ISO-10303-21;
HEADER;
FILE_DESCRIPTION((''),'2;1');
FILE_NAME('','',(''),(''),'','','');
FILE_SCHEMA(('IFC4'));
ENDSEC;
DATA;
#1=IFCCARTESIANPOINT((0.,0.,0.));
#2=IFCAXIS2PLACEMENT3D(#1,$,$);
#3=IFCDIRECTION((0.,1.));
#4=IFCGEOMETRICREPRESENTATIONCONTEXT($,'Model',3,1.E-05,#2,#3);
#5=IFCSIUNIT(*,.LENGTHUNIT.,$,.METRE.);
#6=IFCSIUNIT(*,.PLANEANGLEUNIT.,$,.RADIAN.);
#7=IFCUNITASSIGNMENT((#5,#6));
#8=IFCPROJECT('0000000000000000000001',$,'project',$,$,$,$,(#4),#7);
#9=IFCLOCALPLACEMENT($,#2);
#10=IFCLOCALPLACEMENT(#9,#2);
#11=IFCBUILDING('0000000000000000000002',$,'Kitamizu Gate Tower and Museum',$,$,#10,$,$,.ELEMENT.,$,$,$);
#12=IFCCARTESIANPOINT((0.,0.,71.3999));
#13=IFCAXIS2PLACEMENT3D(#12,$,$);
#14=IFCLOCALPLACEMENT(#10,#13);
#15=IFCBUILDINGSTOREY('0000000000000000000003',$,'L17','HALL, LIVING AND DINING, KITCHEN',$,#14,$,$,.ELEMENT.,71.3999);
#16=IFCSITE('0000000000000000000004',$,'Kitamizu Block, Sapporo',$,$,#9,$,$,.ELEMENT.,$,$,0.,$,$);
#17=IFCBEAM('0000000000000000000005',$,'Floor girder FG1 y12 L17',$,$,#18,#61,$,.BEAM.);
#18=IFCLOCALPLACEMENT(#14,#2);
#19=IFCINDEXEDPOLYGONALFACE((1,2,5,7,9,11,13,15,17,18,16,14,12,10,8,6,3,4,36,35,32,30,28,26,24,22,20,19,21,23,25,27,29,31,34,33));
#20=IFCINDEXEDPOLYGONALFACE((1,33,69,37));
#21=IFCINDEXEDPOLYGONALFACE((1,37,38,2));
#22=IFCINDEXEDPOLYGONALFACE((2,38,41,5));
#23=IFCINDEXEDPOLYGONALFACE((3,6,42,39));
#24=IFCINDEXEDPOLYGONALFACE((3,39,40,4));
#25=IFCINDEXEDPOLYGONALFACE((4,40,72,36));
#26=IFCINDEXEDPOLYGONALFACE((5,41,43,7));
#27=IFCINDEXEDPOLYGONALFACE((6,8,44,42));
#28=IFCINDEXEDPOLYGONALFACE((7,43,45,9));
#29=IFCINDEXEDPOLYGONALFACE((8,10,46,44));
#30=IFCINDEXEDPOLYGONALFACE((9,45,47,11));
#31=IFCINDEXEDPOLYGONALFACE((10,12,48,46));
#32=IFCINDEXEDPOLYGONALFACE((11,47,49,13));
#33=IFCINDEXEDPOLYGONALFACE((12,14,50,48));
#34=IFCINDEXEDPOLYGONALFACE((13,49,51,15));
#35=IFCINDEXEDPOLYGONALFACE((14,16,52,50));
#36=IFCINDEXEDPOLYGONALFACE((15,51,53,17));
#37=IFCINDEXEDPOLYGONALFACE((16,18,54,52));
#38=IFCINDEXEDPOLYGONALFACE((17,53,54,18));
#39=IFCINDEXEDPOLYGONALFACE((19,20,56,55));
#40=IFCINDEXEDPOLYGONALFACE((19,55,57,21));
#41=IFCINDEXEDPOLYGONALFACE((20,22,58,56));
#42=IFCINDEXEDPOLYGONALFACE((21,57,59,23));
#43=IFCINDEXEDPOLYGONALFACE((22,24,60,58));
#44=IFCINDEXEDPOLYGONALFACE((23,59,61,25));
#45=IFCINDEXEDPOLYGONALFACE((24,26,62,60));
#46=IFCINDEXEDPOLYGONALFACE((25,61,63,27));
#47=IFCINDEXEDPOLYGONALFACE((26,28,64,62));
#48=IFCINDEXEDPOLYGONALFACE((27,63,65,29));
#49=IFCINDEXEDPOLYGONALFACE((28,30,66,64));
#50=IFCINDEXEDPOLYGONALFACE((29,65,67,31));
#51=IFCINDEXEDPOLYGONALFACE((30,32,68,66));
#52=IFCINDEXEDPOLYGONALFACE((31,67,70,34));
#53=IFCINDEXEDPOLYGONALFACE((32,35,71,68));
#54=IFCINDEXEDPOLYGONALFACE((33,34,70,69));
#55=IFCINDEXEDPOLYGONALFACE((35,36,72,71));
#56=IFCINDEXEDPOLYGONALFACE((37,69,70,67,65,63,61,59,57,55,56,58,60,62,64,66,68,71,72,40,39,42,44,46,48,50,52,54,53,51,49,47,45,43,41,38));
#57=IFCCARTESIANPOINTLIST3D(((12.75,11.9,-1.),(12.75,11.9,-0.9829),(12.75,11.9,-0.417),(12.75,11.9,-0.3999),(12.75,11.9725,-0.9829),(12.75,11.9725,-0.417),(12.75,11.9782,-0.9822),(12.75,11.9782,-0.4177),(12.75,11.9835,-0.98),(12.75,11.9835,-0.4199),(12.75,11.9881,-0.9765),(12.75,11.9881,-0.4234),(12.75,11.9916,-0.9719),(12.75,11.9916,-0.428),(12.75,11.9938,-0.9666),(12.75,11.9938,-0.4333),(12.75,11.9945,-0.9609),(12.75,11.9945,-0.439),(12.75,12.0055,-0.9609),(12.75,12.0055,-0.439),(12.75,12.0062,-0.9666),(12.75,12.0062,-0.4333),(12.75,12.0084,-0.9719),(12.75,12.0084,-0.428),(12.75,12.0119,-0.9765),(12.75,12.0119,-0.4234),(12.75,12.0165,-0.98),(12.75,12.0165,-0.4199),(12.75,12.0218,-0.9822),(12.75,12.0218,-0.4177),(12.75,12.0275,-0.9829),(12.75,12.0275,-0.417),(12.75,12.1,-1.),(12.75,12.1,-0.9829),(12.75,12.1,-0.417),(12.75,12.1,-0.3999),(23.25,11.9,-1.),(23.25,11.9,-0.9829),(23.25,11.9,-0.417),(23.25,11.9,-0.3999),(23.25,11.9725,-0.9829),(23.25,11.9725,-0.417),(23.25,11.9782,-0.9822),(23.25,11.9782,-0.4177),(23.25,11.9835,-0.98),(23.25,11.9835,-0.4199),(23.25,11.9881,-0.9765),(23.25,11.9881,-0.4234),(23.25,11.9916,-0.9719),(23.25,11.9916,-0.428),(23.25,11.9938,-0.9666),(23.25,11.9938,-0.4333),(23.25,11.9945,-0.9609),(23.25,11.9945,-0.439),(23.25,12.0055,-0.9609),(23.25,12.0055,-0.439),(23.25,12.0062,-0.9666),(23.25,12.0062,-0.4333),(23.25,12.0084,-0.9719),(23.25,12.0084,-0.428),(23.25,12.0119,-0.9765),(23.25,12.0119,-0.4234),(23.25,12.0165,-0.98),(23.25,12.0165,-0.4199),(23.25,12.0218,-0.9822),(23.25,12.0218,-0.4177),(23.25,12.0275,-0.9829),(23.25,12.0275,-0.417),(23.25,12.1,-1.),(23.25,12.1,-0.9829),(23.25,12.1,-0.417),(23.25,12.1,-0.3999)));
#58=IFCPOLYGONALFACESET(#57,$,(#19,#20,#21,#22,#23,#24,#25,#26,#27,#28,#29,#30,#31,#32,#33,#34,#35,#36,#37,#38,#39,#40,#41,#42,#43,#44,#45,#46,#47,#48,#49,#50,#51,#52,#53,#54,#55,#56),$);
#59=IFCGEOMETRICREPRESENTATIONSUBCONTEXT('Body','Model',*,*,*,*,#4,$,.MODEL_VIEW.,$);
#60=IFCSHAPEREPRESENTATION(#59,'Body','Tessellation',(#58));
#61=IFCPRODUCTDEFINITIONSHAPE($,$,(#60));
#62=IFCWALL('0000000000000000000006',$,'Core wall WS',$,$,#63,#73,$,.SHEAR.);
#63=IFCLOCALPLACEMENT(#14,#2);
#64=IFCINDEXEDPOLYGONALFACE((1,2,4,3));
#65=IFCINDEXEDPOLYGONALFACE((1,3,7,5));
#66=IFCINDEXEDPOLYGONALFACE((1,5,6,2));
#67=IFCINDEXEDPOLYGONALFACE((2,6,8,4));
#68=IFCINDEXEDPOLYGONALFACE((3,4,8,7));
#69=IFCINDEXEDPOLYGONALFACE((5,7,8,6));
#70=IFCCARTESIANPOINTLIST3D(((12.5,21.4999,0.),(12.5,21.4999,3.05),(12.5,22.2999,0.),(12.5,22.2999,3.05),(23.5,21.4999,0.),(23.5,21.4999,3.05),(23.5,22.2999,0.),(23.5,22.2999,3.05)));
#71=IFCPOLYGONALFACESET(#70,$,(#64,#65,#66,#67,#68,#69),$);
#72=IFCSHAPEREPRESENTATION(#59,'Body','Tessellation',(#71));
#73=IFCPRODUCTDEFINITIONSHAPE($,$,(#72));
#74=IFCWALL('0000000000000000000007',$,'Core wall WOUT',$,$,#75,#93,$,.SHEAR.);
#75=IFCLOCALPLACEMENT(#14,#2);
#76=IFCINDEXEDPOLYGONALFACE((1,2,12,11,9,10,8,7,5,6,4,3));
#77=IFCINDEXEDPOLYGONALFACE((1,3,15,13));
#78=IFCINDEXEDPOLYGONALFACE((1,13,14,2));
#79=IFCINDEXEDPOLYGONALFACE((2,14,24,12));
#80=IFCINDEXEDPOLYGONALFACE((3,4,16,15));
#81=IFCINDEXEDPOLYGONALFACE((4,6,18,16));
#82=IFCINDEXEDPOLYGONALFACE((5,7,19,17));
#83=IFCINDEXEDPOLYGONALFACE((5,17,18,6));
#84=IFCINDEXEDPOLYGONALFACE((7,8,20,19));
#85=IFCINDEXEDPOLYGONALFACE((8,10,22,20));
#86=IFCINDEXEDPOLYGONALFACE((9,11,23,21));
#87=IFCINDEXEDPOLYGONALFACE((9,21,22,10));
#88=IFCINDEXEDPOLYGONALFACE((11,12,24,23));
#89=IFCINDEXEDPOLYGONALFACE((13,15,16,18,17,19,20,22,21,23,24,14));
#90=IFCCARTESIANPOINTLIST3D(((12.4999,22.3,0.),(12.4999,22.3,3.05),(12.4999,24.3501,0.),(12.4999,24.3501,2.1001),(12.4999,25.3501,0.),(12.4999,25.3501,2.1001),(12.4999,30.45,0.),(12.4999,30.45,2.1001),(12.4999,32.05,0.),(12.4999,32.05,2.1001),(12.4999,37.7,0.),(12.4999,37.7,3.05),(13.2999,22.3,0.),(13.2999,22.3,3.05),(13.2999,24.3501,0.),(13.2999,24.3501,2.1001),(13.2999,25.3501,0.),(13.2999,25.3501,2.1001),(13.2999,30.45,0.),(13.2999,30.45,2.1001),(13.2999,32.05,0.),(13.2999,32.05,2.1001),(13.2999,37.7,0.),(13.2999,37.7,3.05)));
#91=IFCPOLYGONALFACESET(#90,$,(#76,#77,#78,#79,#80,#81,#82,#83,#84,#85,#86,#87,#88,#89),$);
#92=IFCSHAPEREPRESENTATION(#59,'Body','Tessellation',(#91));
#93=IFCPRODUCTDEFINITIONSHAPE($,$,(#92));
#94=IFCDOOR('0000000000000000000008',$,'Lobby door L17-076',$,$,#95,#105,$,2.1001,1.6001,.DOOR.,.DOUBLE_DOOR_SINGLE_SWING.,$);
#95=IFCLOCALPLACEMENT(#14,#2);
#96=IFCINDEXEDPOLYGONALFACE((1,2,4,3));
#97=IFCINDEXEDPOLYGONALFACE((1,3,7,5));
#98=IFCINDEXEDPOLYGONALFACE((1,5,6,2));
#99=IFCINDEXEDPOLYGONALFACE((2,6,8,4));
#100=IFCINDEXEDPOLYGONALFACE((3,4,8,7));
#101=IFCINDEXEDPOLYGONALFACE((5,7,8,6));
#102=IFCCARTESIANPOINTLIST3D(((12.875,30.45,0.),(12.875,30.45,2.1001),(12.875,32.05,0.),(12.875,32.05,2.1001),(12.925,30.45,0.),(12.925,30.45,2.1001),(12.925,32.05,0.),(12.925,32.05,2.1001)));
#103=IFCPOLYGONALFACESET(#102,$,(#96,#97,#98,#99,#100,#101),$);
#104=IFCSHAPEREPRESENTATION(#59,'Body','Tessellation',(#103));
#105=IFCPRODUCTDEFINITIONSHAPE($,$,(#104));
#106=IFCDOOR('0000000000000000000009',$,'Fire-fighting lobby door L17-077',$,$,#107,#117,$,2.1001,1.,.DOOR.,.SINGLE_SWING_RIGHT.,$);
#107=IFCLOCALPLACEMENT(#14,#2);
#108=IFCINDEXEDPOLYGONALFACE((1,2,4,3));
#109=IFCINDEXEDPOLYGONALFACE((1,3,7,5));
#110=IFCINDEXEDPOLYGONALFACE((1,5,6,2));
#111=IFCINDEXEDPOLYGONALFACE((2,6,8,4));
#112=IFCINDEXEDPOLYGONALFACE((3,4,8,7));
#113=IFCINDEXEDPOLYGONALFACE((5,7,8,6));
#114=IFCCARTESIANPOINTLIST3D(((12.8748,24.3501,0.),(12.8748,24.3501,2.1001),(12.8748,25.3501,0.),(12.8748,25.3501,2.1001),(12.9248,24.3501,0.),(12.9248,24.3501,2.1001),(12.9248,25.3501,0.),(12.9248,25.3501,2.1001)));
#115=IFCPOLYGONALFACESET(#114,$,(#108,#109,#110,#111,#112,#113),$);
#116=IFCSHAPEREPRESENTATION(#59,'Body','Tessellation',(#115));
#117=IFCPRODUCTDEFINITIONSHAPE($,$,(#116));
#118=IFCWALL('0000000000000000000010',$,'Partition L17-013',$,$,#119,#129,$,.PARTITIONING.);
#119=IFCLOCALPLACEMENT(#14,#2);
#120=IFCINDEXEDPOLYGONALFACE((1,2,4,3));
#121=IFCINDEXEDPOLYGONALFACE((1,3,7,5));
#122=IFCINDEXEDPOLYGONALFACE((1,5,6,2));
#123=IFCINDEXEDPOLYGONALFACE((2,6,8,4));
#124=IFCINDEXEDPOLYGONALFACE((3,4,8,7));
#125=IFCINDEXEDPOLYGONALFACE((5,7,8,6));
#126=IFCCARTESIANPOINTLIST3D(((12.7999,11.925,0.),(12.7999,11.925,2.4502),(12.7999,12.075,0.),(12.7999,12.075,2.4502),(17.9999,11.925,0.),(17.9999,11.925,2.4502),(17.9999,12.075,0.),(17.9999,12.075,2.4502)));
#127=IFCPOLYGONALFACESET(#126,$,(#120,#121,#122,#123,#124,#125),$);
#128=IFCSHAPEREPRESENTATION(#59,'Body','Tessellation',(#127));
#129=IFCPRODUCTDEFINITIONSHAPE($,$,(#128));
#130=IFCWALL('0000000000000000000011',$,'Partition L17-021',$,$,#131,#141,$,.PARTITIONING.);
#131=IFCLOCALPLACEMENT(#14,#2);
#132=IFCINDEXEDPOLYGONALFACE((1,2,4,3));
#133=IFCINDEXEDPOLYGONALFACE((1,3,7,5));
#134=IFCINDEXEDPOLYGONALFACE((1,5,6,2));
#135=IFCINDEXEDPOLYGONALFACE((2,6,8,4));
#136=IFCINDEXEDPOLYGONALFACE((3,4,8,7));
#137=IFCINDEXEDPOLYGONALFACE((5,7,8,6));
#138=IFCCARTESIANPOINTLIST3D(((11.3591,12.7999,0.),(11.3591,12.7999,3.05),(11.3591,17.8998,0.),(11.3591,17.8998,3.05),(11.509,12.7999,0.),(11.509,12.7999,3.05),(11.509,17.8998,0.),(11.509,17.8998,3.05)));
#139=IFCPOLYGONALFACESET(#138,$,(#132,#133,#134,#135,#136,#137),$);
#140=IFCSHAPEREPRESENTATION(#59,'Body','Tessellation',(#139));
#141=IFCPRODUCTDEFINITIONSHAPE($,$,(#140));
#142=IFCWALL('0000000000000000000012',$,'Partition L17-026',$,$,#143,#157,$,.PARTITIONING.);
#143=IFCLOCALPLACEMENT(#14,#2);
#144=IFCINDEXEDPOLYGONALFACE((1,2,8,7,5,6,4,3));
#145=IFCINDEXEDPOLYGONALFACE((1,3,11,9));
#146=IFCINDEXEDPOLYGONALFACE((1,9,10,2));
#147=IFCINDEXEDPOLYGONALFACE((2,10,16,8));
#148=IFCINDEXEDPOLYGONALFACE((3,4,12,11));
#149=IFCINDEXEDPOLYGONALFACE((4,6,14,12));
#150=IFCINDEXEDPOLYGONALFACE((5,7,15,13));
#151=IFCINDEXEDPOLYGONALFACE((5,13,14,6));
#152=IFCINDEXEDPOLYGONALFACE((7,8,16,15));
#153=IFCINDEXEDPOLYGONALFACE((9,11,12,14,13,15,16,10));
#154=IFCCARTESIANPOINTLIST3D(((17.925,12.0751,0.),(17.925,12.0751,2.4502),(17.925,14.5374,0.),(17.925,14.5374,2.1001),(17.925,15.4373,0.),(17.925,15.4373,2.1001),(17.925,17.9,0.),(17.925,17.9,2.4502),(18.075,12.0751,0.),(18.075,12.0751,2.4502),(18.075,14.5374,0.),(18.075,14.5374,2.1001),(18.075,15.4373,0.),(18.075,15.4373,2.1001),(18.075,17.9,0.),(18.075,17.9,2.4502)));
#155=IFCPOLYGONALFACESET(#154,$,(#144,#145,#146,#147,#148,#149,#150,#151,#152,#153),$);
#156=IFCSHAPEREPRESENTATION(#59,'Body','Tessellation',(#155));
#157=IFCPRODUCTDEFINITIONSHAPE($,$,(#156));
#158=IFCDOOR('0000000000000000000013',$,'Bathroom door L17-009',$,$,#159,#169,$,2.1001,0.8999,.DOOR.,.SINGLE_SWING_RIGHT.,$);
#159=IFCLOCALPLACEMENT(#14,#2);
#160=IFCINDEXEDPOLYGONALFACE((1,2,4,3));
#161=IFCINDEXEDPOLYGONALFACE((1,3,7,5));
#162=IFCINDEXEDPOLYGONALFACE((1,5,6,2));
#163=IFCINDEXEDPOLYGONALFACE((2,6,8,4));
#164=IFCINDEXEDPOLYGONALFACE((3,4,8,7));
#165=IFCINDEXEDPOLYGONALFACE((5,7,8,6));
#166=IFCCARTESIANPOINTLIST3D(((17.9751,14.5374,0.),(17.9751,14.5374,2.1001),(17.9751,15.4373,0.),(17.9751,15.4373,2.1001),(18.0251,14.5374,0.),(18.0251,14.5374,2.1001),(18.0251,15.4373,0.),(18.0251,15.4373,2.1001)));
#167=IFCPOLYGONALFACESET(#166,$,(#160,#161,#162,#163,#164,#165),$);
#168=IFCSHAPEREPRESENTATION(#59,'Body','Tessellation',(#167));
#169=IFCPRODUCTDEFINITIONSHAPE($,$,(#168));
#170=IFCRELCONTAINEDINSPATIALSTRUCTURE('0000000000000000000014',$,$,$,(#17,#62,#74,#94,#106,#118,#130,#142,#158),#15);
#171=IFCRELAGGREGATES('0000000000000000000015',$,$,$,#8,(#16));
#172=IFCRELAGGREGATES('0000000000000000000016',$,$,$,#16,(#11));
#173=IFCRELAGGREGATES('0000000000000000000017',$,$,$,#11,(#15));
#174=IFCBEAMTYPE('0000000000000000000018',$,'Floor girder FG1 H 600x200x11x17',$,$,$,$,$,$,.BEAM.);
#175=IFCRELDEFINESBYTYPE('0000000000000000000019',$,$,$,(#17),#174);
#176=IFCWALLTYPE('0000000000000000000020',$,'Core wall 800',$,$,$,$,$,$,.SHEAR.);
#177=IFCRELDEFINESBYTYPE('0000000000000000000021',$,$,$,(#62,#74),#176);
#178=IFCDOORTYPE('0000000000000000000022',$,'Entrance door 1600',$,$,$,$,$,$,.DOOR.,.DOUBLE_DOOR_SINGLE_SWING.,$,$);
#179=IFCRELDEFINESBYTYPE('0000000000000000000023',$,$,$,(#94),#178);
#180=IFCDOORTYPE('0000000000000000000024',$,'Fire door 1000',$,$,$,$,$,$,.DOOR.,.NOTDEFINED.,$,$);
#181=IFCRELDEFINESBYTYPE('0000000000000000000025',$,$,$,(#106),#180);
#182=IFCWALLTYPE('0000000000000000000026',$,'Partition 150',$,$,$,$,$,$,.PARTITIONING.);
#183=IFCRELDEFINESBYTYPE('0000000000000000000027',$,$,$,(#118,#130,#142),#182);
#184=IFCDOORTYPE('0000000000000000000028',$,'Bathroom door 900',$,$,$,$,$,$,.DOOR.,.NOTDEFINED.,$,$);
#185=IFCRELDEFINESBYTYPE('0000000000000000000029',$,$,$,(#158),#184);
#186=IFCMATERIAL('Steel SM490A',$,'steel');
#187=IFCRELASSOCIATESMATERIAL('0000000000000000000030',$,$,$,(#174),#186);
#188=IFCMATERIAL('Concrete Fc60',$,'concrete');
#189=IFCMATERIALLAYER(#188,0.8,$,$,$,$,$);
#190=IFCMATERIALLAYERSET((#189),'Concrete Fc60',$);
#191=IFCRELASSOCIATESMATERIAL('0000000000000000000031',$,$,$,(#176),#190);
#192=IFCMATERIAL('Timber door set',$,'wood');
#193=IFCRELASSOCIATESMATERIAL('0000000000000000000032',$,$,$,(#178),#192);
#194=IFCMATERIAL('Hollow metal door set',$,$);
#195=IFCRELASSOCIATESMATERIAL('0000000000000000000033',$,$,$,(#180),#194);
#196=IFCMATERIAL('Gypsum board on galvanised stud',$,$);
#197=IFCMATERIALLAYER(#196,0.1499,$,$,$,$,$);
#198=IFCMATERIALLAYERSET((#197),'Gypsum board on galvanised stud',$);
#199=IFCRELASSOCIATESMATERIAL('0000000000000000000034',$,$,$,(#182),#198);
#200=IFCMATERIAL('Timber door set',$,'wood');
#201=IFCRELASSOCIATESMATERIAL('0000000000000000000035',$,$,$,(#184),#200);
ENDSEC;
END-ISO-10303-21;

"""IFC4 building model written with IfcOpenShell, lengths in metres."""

from ifc_helpers import new_model, si_unit, direction, frame, frame_2d, origin, origin_2d, place, context, subcontext, project, spatial, rectangle, i_section, extrude, material, layer, layer_set, material_profile, profile_set, type_object, element, fill, save


model = new_model("IFC4")

# Units and contexts
model_context = context("Model", 3, precision=1e-05, world=origin(), true_north=direction((0.0, 1.0)))
body_context = subcontext(model_context, "Body", "Model", "MODEL_VIEW")
ifc_project = project(units=[si_unit("LENGTHUNIT", "METRE"), si_unit("PLANEANGLEUNIT", "RADIAN")], contexts=[model_context])

# Site, building, storey
site_placement = place(None, origin())
site = spatial("IfcSite", under=ifc_project, at=site_placement, Name="Kitamizu Block, Sapporo", CompositionType="ELEMENT", RefElevation=0.0)
building_placement = place(site_placement, origin())
building = spatial("IfcBuilding", under=site, at=building_placement, Name="Kitamizu Gate Tower and Museum", CompositionType="ELEMENT")
storey_placement = place(building_placement, frame((0.0, 0.0, 71.3999)))
storey = spatial("IfcBuildingStorey", under=building, at=storey_placement, Name="L17", Description="HALL, LIVING AND DINING, KITCHEN", CompositionType="ELEMENT", Elevation=71.3999)

# Beam
ifc_material_1 = material(Name="Steel SM490A", Category="steel")
ifc_material_profile = material_profile(ifc_material_1, i_section(OverallWidth=0.2, OverallDepth=0.6001, WebThickness=0.011, FlangeThickness=0.0171, FilletRadius=0.022, at=origin_2d()), Name="H-600x200x11x17")
ifc_profile_set = profile_set([ifc_material_profile], Name="Steel SM490A")
beam_type = type_object("IfcBeamType", Name="Floor girder FG1 H 600x200x11x17", PredefinedType="BEAM", material=ifc_profile_set)
beam_placement = place(storey_placement, frame((12.75, 12.0, -0.7), z_axis=(1.0, 0.0, 0.0), x_axis=(0.0, 1.0, 0.0)))
element("IfcBeam", 1, at=beam_placement, inside=storey, type_object=beam_type, Name="Floor girder FG1 y12 L17", PredefinedType="BEAM", context=body_context, shape_type="SweptSolid", body=[
    extrude(i_section(OverallWidth=0.2, OverallDepth=0.6001, WebThickness=0.011, FlangeThickness=0.0171, FilletRadius=0.022, at=origin_2d()), origin(), (0.0, 0.0, 1.0), 10.5),
])

# Wall
ifc_material_2 = material(Name="Concrete Fc60", Category="concrete")
ifc_layer_1 = layer(ifc_material_2, 0.8)
ifc_layer_set_1 = layer_set([ifc_layer_1], Name="Concrete Fc60")
wall_type_1 = type_object("IfcWallType", Name="Core wall 800", PredefinedType="SHEAR", material=ifc_layer_set_1)
wall_1_placement = place(storey_placement, frame((12.5, 21.8999, 0.0), z_axis=(0.0, 0.0, 1.0), x_axis=(1.0, 0.0, 0.0)))
element("IfcWall", 2, at=wall_1_placement, inside=storey, type_object=wall_type_1, Name="Core wall WS", PredefinedType="SHEAR", context=body_context, shape_type="SweptSolid", body=[
    extrude(rectangle(XDim=11.0, YDim=0.8, at=frame_2d((5.5, 0.0))), origin(), (0.0, 0.0, 1.0), 3.05),
])

# Wall, openings, doors
wall_2_placement = place(storey_placement, frame((12.8999, 22.3, 0.0), z_axis=(0.0, 0.0, 1.0), x_axis=(0.0, 1.0, 0.0)))
wall_2 = element("IfcWall", 3, at=wall_2_placement, inside=storey, type_object=wall_type_1, Name="Core wall WOUT", PredefinedType="SHEAR", context=body_context, shape_type="SweptSolid", body=[
    extrude(rectangle(XDim=15.3999, YDim=0.8, at=frame_2d((7.7, 0.0))), origin(), (0.0, 0.0, 1.0), 3.05),
])
opening_1_placement = place(wall_2_placement, frame((8.1499, 0.0, 0.0)))
opening_1 = element("IfcOpeningElement", 4, at=opening_1_placement, cuts=wall_2, PredefinedType="OPENING", context=body_context, shape_type="SweptSolid", body=[
    extrude(rectangle(XDim=1.6001, YDim=2.1001, at=frame_2d((0.8, 1.05))), frame((0.0, 0.4102, 0.0), z_axis=(0.0, -1.0, 0.0), x_axis=(1.0, 0.0, 0.0)), (0.0, 0.0, 1.0), 0.8201),
])
opening_2_placement = place(wall_2_placement, frame((2.05, 0.0, 0.0)))
opening_2 = element("IfcOpeningElement", 5, at=opening_2_placement, cuts=wall_2, PredefinedType="OPENING", context=body_context, shape_type="SweptSolid", body=[
    extrude(rectangle(XDim=1.0, YDim=2.1001, at=frame_2d((0.5, 1.05))), frame((0.0, 0.4102, 0.0), z_axis=(0.0, -1.0, 0.0), x_axis=(1.0, 0.0, 0.0)), (0.0, 0.0, 1.0), 0.8201),
])
ifc_material_3 = material(Name="Timber door set", Category="wood")
door_type_1 = type_object("IfcDoorType", Name="Entrance door 1600", OperationType="DOUBLE_DOOR_SINGLE_SWING", PredefinedType="DOOR", material=ifc_material_3)
door_1_placement = place(opening_1_placement, origin())
door_1 = element("IfcDoor", 6, at=door_1_placement, inside=storey, type_object=door_type_1, Name="Lobby door L17-076", OperationType="DOUBLE_DOOR_SINGLE_SWING", OverallHeight=2.1001, OverallWidth=1.6001, PredefinedType="DOOR", context=body_context, shape_type="SweptSolid", body=[
    extrude(rectangle(XDim=1.6001, YDim=2.1001, at=frame_2d((0.8, 1.05))), frame((0.0, 0.0249, 0.0), z_axis=(0.0, -1.0, 0.0), x_axis=(1.0, 0.0, 0.0)), (0.0, 0.0, 1.0), 0.05),
])
fill(opening_1, door_1)
ifc_material_4 = material(Name="Hollow metal door set")
door_type_2 = type_object("IfcDoorType", Name="Fire door 1000", OperationType="NOTDEFINED", PredefinedType="DOOR", material=ifc_material_4)
door_2_placement = place(opening_2_placement, frame((1.0, 0.0, 0.0), x_axis=(-1.0, 0.0, 0.0)))
door_2 = element("IfcDoor", 7, at=door_2_placement, inside=storey, type_object=door_type_2, Name="Fire-fighting lobby door L17-077", OperationType="SINGLE_SWING_RIGHT", OverallHeight=2.1001, OverallWidth=1.0, PredefinedType="DOOR", context=body_context, shape_type="SweptSolid", body=[
    extrude(rectangle(XDim=1.0, YDim=2.1001, at=frame_2d((0.5, 1.05))), frame((0.0, 0.0249, 0.0), z_axis=(0.0, -1.0, 0.0), x_axis=(1.0, 0.0, 0.0)), (0.0, 0.0, 1.0), 0.05),
])
fill(opening_2, door_2)

# Walls
ifc_material_5 = material(Name="Gypsum board on galvanised stud")
ifc_layer_2 = layer(ifc_material_5, 0.1499)
ifc_layer_set_2 = layer_set([ifc_layer_2], Name="Gypsum board on galvanised stud")
wall_type_2 = type_object("IfcWallType", Name="Partition 150", PredefinedType="PARTITIONING", material=ifc_layer_set_2)
wall_3_placement = place(storey_placement, frame((18.0, 12.0, 0.0), z_axis=(0.0, 0.0, 1.0), x_axis=(-1.0, 0.0, 0.0)))
element("IfcWall", 8, at=wall_3_placement, inside=storey, type_object=wall_type_2, Name="Partition L17-013", PredefinedType="PARTITIONING", context=body_context, shape_type="SweptSolid", body=[
    extrude(rectangle(XDim=5.2, YDim=0.1499, at=frame_2d((2.6001, 0.0))), origin(), (0.0, 0.0, 1.0), 2.4502),
])
wall_4_placement = place(storey_placement, frame((11.4341, 12.8, 0.0), z_axis=(0.0, 0.0, 1.0), x_axis=(0.0, 1.0, 0.0)))
element("IfcWall", 9, at=wall_4_placement, inside=storey, type_object=wall_type_2, Name="Partition L17-021", PredefinedType="PARTITIONING", context=body_context, shape_type="SweptSolid", body=[
    extrude(rectangle(XDim=5.0999, YDim=0.1499, at=frame_2d((2.5498, 0.0))), origin(), (0.0, 0.0, 1.0), 3.05),
])

# Wall, opening, door
wall_5_placement = place(storey_placement, frame((18.0, 12.075, 0.0), z_axis=(0.0, 0.0, 1.0), x_axis=(0.0, 1.0, 0.0)))
wall_5 = element("IfcWall", 10, at=wall_5_placement, inside=storey, type_object=wall_type_2, Name="Partition L17-026", PredefinedType="PARTITIONING", context=body_context, shape_type="SweptSolid", body=[
    extrude(rectangle(XDim=5.825, YDim=0.1499, at=frame_2d((2.9126, 0.0))), origin(), (0.0, 0.0, 1.0), 2.4502),
])
opening_3_placement = place(wall_5_placement, frame((2.4624, 0.0, 0.0)))
opening_3 = element("IfcOpeningElement", 11, at=opening_3_placement, cuts=wall_5, PredefinedType="OPENING", context=body_context, shape_type="SweptSolid", body=[
    extrude(rectangle(XDim=0.8999, YDim=2.1001, at=frame_2d((0.45, 1.05))), frame((0.0, 0.085, 0.0), z_axis=(0.0, -1.0, 0.0), x_axis=(1.0, 0.0, 0.0)), (0.0, 0.0, 1.0), 0.1699),
])
ifc_material_6 = material(Name="Timber door set", Category="wood")
door_type_3 = type_object("IfcDoorType", Name="Bathroom door 900", OperationType="NOTDEFINED", PredefinedType="DOOR", material=ifc_material_6)
door_3_placement = place(opening_3_placement, origin())
door_3 = element("IfcDoor", 12, at=door_3_placement, inside=storey, type_object=door_type_3, Name="Bathroom door L17-009", OperationType="SINGLE_SWING_RIGHT", OverallHeight=2.1001, OverallWidth=0.8999, PredefinedType="DOOR", context=body_context, shape_type="SweptSolid", body=[
    extrude(rectangle(XDim=0.8999, YDim=2.1001, at=frame_2d((0.45, 1.05))), frame((0.0, 0.0249, 0.0), z_axis=(0.0, -1.0, 0.0), x_axis=(1.0, 0.0, 0.0)), (0.0, 0.0, 1.0), 0.05),
])
fill(opening_3, door_3)

save(model, "model.ifc")
